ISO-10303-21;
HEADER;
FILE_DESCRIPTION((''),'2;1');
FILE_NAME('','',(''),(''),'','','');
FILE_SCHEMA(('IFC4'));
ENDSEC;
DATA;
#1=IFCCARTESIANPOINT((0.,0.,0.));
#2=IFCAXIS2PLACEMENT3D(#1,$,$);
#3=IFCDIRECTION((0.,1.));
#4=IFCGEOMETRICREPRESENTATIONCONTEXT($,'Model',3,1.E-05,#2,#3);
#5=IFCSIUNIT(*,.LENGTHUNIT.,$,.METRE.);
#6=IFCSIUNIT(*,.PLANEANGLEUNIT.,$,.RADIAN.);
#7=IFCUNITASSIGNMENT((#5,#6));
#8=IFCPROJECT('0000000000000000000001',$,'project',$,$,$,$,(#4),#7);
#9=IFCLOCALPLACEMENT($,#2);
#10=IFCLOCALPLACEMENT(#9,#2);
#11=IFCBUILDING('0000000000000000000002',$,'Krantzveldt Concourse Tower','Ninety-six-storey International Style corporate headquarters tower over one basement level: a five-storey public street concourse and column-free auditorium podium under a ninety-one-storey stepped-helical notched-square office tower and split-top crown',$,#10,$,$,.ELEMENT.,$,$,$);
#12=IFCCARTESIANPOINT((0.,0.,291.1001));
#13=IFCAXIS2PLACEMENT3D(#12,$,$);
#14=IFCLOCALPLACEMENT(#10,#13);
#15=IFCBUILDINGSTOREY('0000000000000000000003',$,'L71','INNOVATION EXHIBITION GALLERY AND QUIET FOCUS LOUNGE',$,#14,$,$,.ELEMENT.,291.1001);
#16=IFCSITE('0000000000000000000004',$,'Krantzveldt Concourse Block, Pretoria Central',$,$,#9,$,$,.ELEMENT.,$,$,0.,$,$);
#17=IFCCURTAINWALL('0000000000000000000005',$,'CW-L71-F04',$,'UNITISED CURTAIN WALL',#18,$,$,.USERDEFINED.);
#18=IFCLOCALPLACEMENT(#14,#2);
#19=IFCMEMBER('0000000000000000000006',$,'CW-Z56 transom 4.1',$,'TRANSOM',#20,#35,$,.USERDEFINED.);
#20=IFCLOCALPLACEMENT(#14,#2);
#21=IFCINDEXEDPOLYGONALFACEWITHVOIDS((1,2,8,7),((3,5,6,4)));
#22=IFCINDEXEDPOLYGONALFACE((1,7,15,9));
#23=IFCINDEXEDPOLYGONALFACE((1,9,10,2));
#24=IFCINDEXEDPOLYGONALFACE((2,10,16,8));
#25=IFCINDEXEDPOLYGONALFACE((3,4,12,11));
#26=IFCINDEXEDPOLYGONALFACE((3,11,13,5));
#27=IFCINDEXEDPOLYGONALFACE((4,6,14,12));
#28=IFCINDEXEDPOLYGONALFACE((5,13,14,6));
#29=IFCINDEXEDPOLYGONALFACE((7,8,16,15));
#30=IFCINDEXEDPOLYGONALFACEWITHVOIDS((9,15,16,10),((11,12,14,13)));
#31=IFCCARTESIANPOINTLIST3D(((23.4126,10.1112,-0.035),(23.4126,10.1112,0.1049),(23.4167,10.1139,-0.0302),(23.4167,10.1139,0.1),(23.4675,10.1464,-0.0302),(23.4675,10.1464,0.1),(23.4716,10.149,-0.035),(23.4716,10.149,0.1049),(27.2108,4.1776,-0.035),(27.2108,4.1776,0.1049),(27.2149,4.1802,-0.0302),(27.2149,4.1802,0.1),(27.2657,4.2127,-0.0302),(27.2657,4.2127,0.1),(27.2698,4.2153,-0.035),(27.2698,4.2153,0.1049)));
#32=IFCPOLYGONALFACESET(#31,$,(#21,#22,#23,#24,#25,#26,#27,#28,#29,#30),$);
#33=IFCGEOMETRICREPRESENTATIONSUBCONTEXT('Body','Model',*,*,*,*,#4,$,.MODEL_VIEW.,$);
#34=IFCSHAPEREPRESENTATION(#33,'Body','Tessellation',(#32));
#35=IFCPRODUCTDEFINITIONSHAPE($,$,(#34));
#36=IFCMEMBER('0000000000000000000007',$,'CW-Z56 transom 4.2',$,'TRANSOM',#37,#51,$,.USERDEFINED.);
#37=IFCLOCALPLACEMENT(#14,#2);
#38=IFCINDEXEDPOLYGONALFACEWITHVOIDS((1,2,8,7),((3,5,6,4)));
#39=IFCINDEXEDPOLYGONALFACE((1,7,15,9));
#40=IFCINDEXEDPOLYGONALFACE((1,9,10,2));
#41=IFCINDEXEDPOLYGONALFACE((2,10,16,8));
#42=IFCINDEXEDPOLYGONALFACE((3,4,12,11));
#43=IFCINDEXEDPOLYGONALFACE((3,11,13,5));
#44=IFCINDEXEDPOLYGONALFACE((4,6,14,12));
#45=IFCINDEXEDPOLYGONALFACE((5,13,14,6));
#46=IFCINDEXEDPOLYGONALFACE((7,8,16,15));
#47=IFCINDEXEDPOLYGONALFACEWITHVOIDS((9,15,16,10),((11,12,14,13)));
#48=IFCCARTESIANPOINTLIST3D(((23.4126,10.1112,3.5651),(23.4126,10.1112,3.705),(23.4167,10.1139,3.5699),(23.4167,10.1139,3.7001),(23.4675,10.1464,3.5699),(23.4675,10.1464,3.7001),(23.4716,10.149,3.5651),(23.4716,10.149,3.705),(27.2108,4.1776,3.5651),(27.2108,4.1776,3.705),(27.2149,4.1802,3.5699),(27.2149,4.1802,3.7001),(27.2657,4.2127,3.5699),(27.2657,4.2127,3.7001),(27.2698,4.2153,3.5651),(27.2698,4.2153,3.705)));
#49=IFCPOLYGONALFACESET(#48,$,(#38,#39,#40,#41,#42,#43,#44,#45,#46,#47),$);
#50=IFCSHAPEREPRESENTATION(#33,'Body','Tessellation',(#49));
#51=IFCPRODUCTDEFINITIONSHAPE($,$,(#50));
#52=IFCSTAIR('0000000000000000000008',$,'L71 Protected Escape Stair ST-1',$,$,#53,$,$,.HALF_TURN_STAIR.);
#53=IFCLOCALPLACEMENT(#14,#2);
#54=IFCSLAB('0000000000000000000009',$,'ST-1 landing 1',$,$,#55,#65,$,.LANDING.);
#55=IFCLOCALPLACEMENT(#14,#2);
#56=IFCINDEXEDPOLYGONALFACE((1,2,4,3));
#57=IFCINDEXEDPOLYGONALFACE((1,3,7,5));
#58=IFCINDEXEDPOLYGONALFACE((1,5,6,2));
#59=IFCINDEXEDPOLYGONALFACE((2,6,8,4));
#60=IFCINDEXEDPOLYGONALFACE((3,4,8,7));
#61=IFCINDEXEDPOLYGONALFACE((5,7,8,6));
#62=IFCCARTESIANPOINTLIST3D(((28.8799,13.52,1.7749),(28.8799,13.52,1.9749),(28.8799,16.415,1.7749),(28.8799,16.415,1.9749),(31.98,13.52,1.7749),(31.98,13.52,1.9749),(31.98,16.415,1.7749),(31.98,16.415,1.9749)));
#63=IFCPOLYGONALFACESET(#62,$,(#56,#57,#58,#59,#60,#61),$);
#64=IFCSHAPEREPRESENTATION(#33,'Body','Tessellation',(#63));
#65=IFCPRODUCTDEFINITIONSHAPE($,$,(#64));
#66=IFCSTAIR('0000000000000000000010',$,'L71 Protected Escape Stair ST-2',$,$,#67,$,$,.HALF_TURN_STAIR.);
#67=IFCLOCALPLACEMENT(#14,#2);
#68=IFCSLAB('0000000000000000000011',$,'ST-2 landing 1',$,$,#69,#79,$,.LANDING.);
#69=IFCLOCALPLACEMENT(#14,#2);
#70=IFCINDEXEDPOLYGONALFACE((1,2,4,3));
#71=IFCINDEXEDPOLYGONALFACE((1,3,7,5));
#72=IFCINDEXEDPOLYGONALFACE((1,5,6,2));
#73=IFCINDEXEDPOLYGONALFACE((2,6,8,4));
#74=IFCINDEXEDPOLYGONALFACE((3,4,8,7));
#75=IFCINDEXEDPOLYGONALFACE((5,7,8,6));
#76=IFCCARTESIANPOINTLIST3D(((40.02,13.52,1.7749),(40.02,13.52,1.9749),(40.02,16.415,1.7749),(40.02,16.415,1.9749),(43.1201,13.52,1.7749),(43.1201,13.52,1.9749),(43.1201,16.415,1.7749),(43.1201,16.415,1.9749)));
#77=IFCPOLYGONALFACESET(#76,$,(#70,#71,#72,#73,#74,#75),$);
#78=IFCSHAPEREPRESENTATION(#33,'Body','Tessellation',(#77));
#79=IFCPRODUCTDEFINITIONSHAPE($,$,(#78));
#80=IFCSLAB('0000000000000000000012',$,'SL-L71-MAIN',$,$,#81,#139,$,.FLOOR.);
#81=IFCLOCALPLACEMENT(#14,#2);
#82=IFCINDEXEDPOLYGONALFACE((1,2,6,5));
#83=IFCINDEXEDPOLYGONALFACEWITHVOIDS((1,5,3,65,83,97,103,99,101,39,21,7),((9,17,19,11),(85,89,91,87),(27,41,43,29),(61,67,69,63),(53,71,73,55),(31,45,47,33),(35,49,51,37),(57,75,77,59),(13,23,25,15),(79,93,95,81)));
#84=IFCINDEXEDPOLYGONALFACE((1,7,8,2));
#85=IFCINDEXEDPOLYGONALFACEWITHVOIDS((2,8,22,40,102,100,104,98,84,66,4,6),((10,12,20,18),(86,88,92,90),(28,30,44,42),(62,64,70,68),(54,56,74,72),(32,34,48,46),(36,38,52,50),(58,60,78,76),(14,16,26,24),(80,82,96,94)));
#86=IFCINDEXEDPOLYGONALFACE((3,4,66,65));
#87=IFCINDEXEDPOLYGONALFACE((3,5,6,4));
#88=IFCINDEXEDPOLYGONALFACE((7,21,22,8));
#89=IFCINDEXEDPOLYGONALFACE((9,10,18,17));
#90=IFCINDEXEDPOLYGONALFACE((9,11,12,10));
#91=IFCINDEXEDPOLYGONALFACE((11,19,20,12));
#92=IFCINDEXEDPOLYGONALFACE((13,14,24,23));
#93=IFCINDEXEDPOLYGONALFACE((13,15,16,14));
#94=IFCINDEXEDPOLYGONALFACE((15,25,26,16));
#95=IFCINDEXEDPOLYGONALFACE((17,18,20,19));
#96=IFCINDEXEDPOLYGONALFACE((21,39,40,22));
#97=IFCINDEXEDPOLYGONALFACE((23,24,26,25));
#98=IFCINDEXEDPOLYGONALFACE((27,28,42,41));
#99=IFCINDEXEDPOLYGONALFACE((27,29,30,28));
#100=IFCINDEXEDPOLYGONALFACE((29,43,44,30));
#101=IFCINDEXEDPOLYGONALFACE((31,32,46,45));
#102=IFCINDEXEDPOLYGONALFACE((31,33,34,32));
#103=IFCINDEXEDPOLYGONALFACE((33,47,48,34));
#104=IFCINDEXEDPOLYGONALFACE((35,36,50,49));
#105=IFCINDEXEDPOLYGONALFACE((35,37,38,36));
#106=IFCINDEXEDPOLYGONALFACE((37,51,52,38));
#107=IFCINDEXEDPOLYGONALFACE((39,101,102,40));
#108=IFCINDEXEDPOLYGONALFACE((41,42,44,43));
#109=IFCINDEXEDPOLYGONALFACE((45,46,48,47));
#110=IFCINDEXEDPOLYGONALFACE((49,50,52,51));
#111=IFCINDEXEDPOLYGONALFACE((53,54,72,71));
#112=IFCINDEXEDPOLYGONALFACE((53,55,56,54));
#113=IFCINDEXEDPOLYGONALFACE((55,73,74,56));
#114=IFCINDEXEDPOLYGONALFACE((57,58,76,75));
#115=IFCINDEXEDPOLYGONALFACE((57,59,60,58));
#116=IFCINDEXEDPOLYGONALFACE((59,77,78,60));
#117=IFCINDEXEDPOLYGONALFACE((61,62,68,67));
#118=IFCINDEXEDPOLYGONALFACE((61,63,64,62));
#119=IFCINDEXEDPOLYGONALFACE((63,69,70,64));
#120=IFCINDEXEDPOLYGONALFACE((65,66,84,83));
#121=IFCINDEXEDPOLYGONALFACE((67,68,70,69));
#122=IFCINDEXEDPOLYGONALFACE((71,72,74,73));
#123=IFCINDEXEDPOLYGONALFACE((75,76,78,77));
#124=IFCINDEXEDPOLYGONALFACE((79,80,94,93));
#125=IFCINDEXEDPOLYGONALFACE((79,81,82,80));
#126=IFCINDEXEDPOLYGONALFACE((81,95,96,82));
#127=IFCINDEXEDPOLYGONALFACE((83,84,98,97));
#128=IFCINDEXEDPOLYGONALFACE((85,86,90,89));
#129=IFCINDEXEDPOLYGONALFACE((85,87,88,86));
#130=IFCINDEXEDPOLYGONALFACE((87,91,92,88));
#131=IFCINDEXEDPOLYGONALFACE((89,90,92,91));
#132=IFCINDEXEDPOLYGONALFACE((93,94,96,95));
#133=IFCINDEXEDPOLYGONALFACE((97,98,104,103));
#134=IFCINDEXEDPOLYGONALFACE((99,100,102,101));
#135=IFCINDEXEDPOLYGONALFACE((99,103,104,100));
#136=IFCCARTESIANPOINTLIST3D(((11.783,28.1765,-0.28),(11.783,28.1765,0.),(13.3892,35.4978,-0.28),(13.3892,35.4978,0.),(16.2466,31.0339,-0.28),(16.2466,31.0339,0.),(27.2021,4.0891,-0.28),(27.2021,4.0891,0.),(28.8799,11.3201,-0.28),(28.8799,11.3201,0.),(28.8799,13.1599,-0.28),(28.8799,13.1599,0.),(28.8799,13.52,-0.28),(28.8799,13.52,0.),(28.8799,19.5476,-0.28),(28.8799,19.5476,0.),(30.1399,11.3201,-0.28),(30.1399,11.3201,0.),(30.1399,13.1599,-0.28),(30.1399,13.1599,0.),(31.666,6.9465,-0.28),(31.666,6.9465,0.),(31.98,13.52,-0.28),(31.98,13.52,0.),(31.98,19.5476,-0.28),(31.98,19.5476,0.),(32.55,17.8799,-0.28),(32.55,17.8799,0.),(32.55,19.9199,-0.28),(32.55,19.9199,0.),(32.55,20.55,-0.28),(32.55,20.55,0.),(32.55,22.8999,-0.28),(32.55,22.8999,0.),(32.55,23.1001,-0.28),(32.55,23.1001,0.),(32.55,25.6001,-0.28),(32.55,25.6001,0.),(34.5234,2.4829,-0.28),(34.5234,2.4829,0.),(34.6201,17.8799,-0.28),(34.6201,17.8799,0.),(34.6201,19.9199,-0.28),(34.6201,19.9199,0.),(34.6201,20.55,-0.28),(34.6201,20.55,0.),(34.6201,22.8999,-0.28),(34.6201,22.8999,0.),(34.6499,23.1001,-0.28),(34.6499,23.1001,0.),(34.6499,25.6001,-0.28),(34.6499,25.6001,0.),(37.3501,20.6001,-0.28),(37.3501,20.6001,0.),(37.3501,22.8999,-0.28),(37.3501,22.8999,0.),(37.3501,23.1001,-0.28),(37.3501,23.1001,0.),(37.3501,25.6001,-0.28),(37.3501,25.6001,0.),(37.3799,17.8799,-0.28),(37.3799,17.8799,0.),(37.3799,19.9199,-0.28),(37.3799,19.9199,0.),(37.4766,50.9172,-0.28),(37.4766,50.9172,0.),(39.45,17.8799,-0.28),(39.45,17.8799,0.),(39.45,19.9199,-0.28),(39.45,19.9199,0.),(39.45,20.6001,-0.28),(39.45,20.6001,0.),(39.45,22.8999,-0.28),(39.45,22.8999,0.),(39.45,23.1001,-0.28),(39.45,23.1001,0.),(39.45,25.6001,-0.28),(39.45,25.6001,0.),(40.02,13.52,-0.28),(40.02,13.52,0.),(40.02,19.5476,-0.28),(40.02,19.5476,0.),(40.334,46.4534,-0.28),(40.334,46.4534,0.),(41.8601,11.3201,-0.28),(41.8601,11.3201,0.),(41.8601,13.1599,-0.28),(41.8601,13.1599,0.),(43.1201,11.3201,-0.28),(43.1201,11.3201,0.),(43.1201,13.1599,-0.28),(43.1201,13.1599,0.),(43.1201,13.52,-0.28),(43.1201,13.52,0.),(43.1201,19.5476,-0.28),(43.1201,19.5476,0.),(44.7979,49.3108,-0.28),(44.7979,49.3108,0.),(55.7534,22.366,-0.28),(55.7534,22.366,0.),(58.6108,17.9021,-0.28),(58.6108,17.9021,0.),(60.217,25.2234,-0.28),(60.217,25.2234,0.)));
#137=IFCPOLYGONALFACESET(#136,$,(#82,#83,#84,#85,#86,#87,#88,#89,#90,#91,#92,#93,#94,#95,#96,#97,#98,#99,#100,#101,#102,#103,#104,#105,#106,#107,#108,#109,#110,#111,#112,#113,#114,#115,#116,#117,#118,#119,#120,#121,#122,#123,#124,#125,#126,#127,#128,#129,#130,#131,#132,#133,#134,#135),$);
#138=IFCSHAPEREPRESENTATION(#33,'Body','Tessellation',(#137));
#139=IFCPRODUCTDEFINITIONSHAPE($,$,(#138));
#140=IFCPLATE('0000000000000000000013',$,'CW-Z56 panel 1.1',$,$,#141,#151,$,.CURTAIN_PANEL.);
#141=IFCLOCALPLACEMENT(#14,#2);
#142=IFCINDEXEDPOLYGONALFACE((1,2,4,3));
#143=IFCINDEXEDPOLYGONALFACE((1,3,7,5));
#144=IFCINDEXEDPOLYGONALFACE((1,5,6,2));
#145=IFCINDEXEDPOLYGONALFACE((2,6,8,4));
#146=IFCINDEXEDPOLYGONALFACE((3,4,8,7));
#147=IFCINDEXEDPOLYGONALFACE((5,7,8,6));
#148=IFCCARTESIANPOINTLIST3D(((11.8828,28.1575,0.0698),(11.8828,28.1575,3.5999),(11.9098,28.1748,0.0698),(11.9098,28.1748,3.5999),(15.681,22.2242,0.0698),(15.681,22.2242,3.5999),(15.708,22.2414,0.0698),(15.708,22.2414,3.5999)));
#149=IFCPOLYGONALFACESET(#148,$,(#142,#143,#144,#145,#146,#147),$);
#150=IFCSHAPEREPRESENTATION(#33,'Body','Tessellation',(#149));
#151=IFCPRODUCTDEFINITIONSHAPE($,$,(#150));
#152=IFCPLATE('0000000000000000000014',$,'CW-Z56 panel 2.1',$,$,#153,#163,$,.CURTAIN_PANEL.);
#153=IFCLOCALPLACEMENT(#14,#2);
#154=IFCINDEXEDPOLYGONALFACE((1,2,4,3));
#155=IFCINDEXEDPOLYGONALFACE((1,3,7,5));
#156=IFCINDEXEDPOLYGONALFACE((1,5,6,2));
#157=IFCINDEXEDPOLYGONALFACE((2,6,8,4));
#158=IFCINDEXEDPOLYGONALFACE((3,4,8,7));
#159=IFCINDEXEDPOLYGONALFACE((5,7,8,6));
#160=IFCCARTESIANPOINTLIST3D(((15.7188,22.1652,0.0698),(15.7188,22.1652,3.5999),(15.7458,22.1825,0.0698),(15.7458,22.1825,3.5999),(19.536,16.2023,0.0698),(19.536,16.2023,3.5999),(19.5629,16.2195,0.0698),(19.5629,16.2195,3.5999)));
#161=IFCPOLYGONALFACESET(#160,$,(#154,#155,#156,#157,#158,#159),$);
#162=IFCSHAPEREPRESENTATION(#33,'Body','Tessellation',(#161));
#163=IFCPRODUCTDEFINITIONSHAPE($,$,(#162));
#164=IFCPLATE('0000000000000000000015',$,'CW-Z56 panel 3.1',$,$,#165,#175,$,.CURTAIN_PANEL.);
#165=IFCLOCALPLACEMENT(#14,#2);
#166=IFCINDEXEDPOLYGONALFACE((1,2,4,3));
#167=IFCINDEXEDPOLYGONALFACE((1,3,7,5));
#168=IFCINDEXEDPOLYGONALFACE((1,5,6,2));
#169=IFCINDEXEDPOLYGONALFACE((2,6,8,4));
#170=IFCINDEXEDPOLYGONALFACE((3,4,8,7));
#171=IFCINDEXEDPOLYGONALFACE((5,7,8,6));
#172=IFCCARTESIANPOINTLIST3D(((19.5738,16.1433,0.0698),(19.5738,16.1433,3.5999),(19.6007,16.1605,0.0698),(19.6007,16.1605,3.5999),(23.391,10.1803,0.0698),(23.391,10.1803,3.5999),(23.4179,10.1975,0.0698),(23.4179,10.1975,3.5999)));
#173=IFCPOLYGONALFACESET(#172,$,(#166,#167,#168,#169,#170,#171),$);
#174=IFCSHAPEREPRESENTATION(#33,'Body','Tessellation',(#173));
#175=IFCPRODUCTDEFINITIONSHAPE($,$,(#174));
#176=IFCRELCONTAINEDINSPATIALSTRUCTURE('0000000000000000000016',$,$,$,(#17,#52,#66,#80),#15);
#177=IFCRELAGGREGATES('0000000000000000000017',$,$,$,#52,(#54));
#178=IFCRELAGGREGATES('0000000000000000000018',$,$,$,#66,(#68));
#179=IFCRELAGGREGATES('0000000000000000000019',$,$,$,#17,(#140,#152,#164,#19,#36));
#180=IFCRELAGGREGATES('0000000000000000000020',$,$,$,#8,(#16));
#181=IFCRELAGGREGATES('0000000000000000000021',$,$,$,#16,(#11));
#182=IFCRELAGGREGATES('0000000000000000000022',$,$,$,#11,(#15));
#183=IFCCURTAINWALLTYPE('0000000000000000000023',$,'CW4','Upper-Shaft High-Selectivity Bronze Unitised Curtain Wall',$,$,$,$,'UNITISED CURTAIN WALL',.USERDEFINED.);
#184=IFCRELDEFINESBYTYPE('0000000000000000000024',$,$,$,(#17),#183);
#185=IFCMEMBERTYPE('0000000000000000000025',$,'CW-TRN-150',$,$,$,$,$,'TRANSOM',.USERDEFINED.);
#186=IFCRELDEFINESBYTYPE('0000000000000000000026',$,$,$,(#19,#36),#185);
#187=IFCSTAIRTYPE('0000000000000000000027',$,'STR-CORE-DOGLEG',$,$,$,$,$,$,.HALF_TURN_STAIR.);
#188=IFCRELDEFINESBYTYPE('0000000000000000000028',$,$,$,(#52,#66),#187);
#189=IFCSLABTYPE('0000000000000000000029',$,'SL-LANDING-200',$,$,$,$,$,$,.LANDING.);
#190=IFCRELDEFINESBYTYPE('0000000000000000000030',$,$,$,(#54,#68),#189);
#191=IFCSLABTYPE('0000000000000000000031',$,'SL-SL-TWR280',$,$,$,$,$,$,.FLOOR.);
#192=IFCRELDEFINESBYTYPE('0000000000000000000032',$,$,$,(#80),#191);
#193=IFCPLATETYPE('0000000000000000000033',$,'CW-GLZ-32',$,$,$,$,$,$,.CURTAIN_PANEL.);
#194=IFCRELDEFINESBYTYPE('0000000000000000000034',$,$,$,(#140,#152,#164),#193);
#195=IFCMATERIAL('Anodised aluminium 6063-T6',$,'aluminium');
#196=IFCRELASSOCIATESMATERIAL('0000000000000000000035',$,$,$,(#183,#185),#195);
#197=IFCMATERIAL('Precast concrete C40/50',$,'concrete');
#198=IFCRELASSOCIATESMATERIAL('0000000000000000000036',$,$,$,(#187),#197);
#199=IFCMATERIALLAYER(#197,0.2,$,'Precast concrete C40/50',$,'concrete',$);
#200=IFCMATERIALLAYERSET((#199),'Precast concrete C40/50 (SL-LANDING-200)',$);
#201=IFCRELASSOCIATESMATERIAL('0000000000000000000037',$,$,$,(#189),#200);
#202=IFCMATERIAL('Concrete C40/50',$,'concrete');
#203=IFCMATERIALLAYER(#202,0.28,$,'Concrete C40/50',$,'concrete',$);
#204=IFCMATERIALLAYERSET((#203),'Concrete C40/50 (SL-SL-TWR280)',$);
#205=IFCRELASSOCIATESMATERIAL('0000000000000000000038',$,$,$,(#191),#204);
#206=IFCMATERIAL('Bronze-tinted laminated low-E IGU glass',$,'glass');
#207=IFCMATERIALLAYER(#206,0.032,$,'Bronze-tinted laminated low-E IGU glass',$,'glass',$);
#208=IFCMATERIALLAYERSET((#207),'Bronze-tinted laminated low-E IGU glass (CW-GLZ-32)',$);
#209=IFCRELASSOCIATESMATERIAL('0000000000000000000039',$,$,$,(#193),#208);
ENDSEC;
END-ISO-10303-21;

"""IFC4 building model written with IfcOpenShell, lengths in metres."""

from ifc_helpers import new_model, si_unit, direction, frame, origin, origin_2d, place, context, subcontext, project, spatial, polyline, rectangle, hollow_rectangle, outline, extrude, source, transform, mapped, material, layer, layer_set, material_profile, profile_set, type_object, type_shapes, element, aggregate, save


model = new_model("IFC4")

# Units and contexts
model_context = context("Model", 3, precision=1e-05, world=origin(), true_north=direction((0.0, 1.0)))
body_context = subcontext(model_context, "Body", "Model", "MODEL_VIEW")
ifc_project = project(units=[si_unit("LENGTHUNIT", "METRE"), si_unit("PLANEANGLEUNIT", "RADIAN")], contexts=[model_context])

# Site, building, storey
site_placement = place(None, origin())
site = spatial("IfcSite", under=ifc_project, at=site_placement, Name="Krantzveldt Concourse Block, Pretoria Central", CompositionType="ELEMENT", RefElevation=0.0)
building_placement = place(site_placement, origin())
building = spatial("IfcBuilding", under=site, at=building_placement, Name="Krantzveldt Concourse Tower", Description="Ninety-six-storey International Style corporate headquarters tower over one basement level: a five-storey public street concourse and column-free auditorium podium under a ninety-one-storey stepped-helical notched-square office tower and split-top crown", CompositionType="ELEMENT")
storey_placement = place(building_placement, frame((0.0, 0.0, 291.1001)))
storey = spatial("IfcBuildingStorey", under=building, at=storey_placement, Name="L71", Description="INNOVATION EXHIBITION GALLERY AND QUIET FOCUS LOUNGE", CompositionType="ELEMENT", Elevation=291.1001)

# Curtain wall, members
ifc_material_1 = material(Name="Anodised aluminium 6063-T6", Category="aluminium")
curtain_wall_type = type_object("IfcCurtainWallType", Name="CW4", Description="Upper-Shaft High-Selectivity Bronze Unitised Curtain Wall", ElementType="UNITISED CURTAIN WALL", PredefinedType="USERDEFINED", material=ifc_material_1)
curtain_wall_placement = place(storey_placement, origin())
curtain_wall = element("IfcCurtainWall", 1, at=curtain_wall_placement, inside=storey, type_object=curtain_wall_type, Name="CW-L71-F04", ObjectType="UNITISED CURTAIN WALL", PredefinedType="USERDEFINED")
ifc_material_profile_1 = material_profile(ifc_material_1, hollow_rectangle(XDim=0.0701, YDim=0.1399, WallThickness=0.0049, at=origin_2d()), Name="Anodised aluminium 6063-T6", Category="aluminium")
ifc_profile_set_1 = profile_set([ifc_material_profile_1], Name="Anodised aluminium 6063-T6 - ALU-TRAN 140x70x5")
member_type_1 = type_object("IfcMemberType", Name="CW-TRN-150", ElementType="TRANSOM", PredefinedType="USERDEFINED", material=ifc_profile_set_1)
shared_shape_1 = source(origin(), body_context, "Body", "SweptSolid", [
    extrude(hollow_rectangle(XDim=0.0701, YDim=0.1399, WallThickness=0.0049, at=origin_2d()), origin(), (0.0, 0.0, 1.0), 7.0452),
])
member_1_placement = place(storey_placement, frame((23.4421, 10.1301, 0.0349), z_axis=(0.539114, -0.842233, 0.0), x_axis=(0.842233, 0.539114, 0.0)))
member_1 = element("IfcMember", 2, at=member_1_placement, type_object=member_type_1, Name="CW-Z56 transom 4.1", ObjectType="TRANSOM", PredefinedType="USERDEFINED", context=body_context, shape_type="MappedRepresentation", body=[
    mapped(shared_shape_1, transform((0.0, 0.0, 0.0), x_axis=(1.0, 0.0, 0.0), y_axis=(0.0, 1.0, 0.0), z_axis=(0.0, 0.0, 1.0), scale=1.0)),
])
member_2_placement = place(storey_placement, frame((23.4421, 10.1301, 3.635), z_axis=(0.539114, -0.842233, 0.0), x_axis=(0.842233, 0.539114, 0.0)))
member_2 = element("IfcMember", 3, at=member_2_placement, type_object=member_type_1, Name="CW-Z56 transom 4.2", ObjectType="TRANSOM", PredefinedType="USERDEFINED", context=body_context, shape_type="MappedRepresentation", body=[
    mapped(shared_shape_1, transform((0.0, 0.0, 0.0), x_axis=(1.0, 0.0, 0.0), y_axis=(0.0, 1.0, 0.0), z_axis=(0.0, 0.0, 1.0), scale=1.0)),
])

# Stairs, slabs
ifc_material_2 = material(Name="Precast concrete C40/50", Category="concrete")
stair_type = type_object("IfcStairType", Name="STR-CORE-DOGLEG", PredefinedType="HALF_TURN_STAIR", material=ifc_material_2)
stair_1_placement = place(storey_placement, origin())
stair_1 = element("IfcStair", 4, at=stair_1_placement, inside=storey, type_object=stair_type, Name="L71 Protected Escape Stair ST-1", PredefinedType="HALF_TURN_STAIR")
ifc_layer_1 = layer(ifc_material_2, 0.2, Name="Precast concrete C40/50", Category="concrete")
ifc_layer_set_1 = layer_set([ifc_layer_1], Name="Precast concrete C40/50 (SL-LANDING-200)")
slab_type_1 = type_object("IfcSlabType", Name="SL-LANDING-200", PredefinedType="LANDING", material=ifc_layer_set_1)
slab_1_placement = place(storey_placement, frame((0.0, 0.0, 1.7749)))
slab_1 = element("IfcSlab", 5, at=slab_1_placement, type_object=slab_type_1, Name="ST-1 landing 1", PredefinedType="LANDING", context=body_context, shape_type="SweptSolid", body=[
    extrude(outline(polyline([(28.8799, 16.415), (28.8799, 13.52), (31.98, 13.52), (31.98, 16.415), (28.8799, 16.415)])), origin(), (0.0, 0.0, 1.0), 0.2),
])
aggregate(stair_1, [slab_1])
stair_2_placement = place(storey_placement, origin())
stair_2 = element("IfcStair", 6, at=stair_2_placement, inside=storey, type_object=stair_type, Name="L71 Protected Escape Stair ST-2", PredefinedType="HALF_TURN_STAIR")
slab_2_placement = place(storey_placement, frame((0.0, 0.0, 1.7749)))
slab_2 = element("IfcSlab", 7, at=slab_2_placement, type_object=slab_type_1, Name="ST-2 landing 1", PredefinedType="LANDING", context=body_context, shape_type="SweptSolid", body=[
    extrude(outline(polyline([(40.02, 16.415), (40.02, 13.52), (43.1201, 13.52), (43.1201, 16.415), (40.02, 16.415)])), origin(), (0.0, 0.0, 1.0), 0.2),
])
aggregate(stair_2, [slab_2])

# Slab
ifc_material_3 = material(Name="Concrete C40/50", Category="concrete")
ifc_layer_2 = layer(ifc_material_3, 0.28, Name="Concrete C40/50", Category="concrete")
ifc_layer_set_2 = layer_set([ifc_layer_2], Name="Concrete C40/50 (SL-SL-TWR280)")
slab_type_2 = type_object("IfcSlabType", Name="SL-SL-TWR280", PredefinedType="FLOOR", material=ifc_layer_set_2)
slab_3_placement = place(storey_placement, frame((0.0, 0.0, -0.28)))
element("IfcSlab", 8, at=slab_3_placement, inside=storey, type_object=slab_type_2, Name="SL-L71-MAIN", PredefinedType="FLOOR", context=body_context, shape_type="SweptSolid", body=[
    extrude(outline(polyline([(40.334, 46.4534), (37.4766, 50.9172), (13.3892, 35.4978), (16.2466, 31.0339), (11.783, 28.1765), (27.2021, 4.0891), (31.666, 6.9465), (34.5234, 2.4829), (58.6108, 17.9021), (55.7534, 22.366), (60.217, 25.2234), (44.7979, 49.3108), (40.334, 46.4534)]), holes=[polyline([(28.8799, 19.5476), (28.8799, 13.52), (31.98, 13.52), (31.98, 19.5476), (28.8799, 19.5476)]), polyline([(40.02, 19.5476), (40.02, 13.52), (43.1201, 13.52), (43.1201, 19.5476), (40.02, 19.5476)]), polyline([(32.55, 23.1001), (34.6499, 23.1001), (34.6499, 25.6001), (32.55, 25.6001), (32.55, 23.1001)]), polyline([(37.3501, 23.1001), (39.45, 23.1001), (39.45, 25.6001), (37.3501, 25.6001), (37.3501, 23.1001)]), polyline([(37.3501, 20.6001), (39.45, 20.6001), (39.45, 22.8999), (37.3501, 22.8999), (37.3501, 20.6001)]), polyline([(32.55, 20.55), (34.6201, 20.55), (34.6201, 22.8999), (32.55, 22.8999), (32.55, 20.55)]), polyline([(32.55, 17.8799), (34.6201, 17.8799), (34.6201, 19.9199), (32.55, 19.9199), (32.55, 17.8799)]), polyline([(37.3799, 17.8799), (39.45, 17.8799), (39.45, 19.9199), (37.3799, 19.9199), (37.3799, 17.8799)]), polyline([(28.8799, 11.3201), (30.1399, 11.3201), (30.1399, 13.1599), (28.8799, 13.1599), (28.8799, 11.3201)]), polyline([(41.8601, 11.3201), (43.1201, 11.3201), (43.1201, 13.1599), (41.8601, 13.1599), (41.8601, 11.3201)])]), origin(), (0.0, 0.0, 1.0), 0.28),
])

# Plates
ifc_material_4 = material(Name="Bronze-tinted laminated low-E IGU glass", Category="glass")
ifc_layer_3 = layer(ifc_material_4, 0.032, Name="Bronze-tinted laminated low-E IGU glass", Category="glass")
ifc_layer_set_3 = layer_set([ifc_layer_3], Name="Bronze-tinted laminated low-E IGU glass (CW-GLZ-32)")
plate_type = type_object("IfcPlateType", Name="CW-GLZ-32", PredefinedType="CURTAIN_PANEL", material=ifc_layer_set_3)
shared_shape_2 = source(origin(), body_context, "Body", "SweptSolid", [
    extrude(rectangle(XDim=7.0449, YDim=0.032, at=origin_2d()), origin(), (0.0, 0.0, 1.0), 3.53),
])
plate_1_placement = place(storey_placement, frame((13.7954, 25.1995, 0.0698), z_axis=(0.0, 0.0, 1.0), x_axis=(0.539138, -0.842217, 0.0)))
plate_1 = element("IfcPlate", 9, at=plate_1_placement, type_object=plate_type, Name="CW-Z56 panel 1.1", PredefinedType="CURTAIN_PANEL", context=body_context, shape_type="MappedRepresentation", body=[
    mapped(shared_shape_2, transform((0.0, 0.0, 0.0), x_axis=(1.0, 0.0, 0.0), y_axis=(0.0, 1.0, 0.0), z_axis=(0.0, 0.0, 1.0), scale=1.0)),
])
shared_shape_3 = source(origin(), body_context, "Body", "SweptSolid", [
    extrude(rectangle(XDim=7.0801, YDim=0.032, at=origin_2d()), origin(), (0.0, 0.0, 1.0), 3.53),
])
type_shapes(plate_type, [shared_shape_2, shared_shape_3])
plate_2_placement = place(storey_placement, frame((17.6409, 19.1924, 0.0698), z_axis=(0.0, 0.0, 1.0), x_axis=(0.539138, -0.842217, 0.0)))
plate_2 = element("IfcPlate", 10, at=plate_2_placement, type_object=plate_type, Name="CW-Z56 panel 2.1", PredefinedType="CURTAIN_PANEL", context=body_context, shape_type="MappedRepresentation", body=[
    mapped(shared_shape_3, transform((0.0, 0.0, 0.0), x_axis=(1.0, 0.0, 0.0), y_axis=(0.0, 1.0, 0.0), z_axis=(0.0, 0.0, 1.0), scale=1.0)),
])
plate_3_placement = place(storey_placement, frame((21.4958, 13.1704, 0.0698), z_axis=(0.0, 0.0, 1.0), x_axis=(0.539138, -0.842217, 0.0)))
plate_3 = element("IfcPlate", 11, at=plate_3_placement, type_object=plate_type, Name="CW-Z56 panel 3.1", PredefinedType="CURTAIN_PANEL", context=body_context, shape_type="MappedRepresentation", body=[
    mapped(shared_shape_3, transform((0.0, 0.0, 0.0), x_axis=(1.0, 0.0, 0.0), y_axis=(0.0, 1.0, 0.0), z_axis=(0.0, 0.0, 1.0), scale=1.0)),
])
aggregate(curtain_wall, [plate_1, plate_2, plate_3, member_1, member_2])

save(model, "model.ifc")
